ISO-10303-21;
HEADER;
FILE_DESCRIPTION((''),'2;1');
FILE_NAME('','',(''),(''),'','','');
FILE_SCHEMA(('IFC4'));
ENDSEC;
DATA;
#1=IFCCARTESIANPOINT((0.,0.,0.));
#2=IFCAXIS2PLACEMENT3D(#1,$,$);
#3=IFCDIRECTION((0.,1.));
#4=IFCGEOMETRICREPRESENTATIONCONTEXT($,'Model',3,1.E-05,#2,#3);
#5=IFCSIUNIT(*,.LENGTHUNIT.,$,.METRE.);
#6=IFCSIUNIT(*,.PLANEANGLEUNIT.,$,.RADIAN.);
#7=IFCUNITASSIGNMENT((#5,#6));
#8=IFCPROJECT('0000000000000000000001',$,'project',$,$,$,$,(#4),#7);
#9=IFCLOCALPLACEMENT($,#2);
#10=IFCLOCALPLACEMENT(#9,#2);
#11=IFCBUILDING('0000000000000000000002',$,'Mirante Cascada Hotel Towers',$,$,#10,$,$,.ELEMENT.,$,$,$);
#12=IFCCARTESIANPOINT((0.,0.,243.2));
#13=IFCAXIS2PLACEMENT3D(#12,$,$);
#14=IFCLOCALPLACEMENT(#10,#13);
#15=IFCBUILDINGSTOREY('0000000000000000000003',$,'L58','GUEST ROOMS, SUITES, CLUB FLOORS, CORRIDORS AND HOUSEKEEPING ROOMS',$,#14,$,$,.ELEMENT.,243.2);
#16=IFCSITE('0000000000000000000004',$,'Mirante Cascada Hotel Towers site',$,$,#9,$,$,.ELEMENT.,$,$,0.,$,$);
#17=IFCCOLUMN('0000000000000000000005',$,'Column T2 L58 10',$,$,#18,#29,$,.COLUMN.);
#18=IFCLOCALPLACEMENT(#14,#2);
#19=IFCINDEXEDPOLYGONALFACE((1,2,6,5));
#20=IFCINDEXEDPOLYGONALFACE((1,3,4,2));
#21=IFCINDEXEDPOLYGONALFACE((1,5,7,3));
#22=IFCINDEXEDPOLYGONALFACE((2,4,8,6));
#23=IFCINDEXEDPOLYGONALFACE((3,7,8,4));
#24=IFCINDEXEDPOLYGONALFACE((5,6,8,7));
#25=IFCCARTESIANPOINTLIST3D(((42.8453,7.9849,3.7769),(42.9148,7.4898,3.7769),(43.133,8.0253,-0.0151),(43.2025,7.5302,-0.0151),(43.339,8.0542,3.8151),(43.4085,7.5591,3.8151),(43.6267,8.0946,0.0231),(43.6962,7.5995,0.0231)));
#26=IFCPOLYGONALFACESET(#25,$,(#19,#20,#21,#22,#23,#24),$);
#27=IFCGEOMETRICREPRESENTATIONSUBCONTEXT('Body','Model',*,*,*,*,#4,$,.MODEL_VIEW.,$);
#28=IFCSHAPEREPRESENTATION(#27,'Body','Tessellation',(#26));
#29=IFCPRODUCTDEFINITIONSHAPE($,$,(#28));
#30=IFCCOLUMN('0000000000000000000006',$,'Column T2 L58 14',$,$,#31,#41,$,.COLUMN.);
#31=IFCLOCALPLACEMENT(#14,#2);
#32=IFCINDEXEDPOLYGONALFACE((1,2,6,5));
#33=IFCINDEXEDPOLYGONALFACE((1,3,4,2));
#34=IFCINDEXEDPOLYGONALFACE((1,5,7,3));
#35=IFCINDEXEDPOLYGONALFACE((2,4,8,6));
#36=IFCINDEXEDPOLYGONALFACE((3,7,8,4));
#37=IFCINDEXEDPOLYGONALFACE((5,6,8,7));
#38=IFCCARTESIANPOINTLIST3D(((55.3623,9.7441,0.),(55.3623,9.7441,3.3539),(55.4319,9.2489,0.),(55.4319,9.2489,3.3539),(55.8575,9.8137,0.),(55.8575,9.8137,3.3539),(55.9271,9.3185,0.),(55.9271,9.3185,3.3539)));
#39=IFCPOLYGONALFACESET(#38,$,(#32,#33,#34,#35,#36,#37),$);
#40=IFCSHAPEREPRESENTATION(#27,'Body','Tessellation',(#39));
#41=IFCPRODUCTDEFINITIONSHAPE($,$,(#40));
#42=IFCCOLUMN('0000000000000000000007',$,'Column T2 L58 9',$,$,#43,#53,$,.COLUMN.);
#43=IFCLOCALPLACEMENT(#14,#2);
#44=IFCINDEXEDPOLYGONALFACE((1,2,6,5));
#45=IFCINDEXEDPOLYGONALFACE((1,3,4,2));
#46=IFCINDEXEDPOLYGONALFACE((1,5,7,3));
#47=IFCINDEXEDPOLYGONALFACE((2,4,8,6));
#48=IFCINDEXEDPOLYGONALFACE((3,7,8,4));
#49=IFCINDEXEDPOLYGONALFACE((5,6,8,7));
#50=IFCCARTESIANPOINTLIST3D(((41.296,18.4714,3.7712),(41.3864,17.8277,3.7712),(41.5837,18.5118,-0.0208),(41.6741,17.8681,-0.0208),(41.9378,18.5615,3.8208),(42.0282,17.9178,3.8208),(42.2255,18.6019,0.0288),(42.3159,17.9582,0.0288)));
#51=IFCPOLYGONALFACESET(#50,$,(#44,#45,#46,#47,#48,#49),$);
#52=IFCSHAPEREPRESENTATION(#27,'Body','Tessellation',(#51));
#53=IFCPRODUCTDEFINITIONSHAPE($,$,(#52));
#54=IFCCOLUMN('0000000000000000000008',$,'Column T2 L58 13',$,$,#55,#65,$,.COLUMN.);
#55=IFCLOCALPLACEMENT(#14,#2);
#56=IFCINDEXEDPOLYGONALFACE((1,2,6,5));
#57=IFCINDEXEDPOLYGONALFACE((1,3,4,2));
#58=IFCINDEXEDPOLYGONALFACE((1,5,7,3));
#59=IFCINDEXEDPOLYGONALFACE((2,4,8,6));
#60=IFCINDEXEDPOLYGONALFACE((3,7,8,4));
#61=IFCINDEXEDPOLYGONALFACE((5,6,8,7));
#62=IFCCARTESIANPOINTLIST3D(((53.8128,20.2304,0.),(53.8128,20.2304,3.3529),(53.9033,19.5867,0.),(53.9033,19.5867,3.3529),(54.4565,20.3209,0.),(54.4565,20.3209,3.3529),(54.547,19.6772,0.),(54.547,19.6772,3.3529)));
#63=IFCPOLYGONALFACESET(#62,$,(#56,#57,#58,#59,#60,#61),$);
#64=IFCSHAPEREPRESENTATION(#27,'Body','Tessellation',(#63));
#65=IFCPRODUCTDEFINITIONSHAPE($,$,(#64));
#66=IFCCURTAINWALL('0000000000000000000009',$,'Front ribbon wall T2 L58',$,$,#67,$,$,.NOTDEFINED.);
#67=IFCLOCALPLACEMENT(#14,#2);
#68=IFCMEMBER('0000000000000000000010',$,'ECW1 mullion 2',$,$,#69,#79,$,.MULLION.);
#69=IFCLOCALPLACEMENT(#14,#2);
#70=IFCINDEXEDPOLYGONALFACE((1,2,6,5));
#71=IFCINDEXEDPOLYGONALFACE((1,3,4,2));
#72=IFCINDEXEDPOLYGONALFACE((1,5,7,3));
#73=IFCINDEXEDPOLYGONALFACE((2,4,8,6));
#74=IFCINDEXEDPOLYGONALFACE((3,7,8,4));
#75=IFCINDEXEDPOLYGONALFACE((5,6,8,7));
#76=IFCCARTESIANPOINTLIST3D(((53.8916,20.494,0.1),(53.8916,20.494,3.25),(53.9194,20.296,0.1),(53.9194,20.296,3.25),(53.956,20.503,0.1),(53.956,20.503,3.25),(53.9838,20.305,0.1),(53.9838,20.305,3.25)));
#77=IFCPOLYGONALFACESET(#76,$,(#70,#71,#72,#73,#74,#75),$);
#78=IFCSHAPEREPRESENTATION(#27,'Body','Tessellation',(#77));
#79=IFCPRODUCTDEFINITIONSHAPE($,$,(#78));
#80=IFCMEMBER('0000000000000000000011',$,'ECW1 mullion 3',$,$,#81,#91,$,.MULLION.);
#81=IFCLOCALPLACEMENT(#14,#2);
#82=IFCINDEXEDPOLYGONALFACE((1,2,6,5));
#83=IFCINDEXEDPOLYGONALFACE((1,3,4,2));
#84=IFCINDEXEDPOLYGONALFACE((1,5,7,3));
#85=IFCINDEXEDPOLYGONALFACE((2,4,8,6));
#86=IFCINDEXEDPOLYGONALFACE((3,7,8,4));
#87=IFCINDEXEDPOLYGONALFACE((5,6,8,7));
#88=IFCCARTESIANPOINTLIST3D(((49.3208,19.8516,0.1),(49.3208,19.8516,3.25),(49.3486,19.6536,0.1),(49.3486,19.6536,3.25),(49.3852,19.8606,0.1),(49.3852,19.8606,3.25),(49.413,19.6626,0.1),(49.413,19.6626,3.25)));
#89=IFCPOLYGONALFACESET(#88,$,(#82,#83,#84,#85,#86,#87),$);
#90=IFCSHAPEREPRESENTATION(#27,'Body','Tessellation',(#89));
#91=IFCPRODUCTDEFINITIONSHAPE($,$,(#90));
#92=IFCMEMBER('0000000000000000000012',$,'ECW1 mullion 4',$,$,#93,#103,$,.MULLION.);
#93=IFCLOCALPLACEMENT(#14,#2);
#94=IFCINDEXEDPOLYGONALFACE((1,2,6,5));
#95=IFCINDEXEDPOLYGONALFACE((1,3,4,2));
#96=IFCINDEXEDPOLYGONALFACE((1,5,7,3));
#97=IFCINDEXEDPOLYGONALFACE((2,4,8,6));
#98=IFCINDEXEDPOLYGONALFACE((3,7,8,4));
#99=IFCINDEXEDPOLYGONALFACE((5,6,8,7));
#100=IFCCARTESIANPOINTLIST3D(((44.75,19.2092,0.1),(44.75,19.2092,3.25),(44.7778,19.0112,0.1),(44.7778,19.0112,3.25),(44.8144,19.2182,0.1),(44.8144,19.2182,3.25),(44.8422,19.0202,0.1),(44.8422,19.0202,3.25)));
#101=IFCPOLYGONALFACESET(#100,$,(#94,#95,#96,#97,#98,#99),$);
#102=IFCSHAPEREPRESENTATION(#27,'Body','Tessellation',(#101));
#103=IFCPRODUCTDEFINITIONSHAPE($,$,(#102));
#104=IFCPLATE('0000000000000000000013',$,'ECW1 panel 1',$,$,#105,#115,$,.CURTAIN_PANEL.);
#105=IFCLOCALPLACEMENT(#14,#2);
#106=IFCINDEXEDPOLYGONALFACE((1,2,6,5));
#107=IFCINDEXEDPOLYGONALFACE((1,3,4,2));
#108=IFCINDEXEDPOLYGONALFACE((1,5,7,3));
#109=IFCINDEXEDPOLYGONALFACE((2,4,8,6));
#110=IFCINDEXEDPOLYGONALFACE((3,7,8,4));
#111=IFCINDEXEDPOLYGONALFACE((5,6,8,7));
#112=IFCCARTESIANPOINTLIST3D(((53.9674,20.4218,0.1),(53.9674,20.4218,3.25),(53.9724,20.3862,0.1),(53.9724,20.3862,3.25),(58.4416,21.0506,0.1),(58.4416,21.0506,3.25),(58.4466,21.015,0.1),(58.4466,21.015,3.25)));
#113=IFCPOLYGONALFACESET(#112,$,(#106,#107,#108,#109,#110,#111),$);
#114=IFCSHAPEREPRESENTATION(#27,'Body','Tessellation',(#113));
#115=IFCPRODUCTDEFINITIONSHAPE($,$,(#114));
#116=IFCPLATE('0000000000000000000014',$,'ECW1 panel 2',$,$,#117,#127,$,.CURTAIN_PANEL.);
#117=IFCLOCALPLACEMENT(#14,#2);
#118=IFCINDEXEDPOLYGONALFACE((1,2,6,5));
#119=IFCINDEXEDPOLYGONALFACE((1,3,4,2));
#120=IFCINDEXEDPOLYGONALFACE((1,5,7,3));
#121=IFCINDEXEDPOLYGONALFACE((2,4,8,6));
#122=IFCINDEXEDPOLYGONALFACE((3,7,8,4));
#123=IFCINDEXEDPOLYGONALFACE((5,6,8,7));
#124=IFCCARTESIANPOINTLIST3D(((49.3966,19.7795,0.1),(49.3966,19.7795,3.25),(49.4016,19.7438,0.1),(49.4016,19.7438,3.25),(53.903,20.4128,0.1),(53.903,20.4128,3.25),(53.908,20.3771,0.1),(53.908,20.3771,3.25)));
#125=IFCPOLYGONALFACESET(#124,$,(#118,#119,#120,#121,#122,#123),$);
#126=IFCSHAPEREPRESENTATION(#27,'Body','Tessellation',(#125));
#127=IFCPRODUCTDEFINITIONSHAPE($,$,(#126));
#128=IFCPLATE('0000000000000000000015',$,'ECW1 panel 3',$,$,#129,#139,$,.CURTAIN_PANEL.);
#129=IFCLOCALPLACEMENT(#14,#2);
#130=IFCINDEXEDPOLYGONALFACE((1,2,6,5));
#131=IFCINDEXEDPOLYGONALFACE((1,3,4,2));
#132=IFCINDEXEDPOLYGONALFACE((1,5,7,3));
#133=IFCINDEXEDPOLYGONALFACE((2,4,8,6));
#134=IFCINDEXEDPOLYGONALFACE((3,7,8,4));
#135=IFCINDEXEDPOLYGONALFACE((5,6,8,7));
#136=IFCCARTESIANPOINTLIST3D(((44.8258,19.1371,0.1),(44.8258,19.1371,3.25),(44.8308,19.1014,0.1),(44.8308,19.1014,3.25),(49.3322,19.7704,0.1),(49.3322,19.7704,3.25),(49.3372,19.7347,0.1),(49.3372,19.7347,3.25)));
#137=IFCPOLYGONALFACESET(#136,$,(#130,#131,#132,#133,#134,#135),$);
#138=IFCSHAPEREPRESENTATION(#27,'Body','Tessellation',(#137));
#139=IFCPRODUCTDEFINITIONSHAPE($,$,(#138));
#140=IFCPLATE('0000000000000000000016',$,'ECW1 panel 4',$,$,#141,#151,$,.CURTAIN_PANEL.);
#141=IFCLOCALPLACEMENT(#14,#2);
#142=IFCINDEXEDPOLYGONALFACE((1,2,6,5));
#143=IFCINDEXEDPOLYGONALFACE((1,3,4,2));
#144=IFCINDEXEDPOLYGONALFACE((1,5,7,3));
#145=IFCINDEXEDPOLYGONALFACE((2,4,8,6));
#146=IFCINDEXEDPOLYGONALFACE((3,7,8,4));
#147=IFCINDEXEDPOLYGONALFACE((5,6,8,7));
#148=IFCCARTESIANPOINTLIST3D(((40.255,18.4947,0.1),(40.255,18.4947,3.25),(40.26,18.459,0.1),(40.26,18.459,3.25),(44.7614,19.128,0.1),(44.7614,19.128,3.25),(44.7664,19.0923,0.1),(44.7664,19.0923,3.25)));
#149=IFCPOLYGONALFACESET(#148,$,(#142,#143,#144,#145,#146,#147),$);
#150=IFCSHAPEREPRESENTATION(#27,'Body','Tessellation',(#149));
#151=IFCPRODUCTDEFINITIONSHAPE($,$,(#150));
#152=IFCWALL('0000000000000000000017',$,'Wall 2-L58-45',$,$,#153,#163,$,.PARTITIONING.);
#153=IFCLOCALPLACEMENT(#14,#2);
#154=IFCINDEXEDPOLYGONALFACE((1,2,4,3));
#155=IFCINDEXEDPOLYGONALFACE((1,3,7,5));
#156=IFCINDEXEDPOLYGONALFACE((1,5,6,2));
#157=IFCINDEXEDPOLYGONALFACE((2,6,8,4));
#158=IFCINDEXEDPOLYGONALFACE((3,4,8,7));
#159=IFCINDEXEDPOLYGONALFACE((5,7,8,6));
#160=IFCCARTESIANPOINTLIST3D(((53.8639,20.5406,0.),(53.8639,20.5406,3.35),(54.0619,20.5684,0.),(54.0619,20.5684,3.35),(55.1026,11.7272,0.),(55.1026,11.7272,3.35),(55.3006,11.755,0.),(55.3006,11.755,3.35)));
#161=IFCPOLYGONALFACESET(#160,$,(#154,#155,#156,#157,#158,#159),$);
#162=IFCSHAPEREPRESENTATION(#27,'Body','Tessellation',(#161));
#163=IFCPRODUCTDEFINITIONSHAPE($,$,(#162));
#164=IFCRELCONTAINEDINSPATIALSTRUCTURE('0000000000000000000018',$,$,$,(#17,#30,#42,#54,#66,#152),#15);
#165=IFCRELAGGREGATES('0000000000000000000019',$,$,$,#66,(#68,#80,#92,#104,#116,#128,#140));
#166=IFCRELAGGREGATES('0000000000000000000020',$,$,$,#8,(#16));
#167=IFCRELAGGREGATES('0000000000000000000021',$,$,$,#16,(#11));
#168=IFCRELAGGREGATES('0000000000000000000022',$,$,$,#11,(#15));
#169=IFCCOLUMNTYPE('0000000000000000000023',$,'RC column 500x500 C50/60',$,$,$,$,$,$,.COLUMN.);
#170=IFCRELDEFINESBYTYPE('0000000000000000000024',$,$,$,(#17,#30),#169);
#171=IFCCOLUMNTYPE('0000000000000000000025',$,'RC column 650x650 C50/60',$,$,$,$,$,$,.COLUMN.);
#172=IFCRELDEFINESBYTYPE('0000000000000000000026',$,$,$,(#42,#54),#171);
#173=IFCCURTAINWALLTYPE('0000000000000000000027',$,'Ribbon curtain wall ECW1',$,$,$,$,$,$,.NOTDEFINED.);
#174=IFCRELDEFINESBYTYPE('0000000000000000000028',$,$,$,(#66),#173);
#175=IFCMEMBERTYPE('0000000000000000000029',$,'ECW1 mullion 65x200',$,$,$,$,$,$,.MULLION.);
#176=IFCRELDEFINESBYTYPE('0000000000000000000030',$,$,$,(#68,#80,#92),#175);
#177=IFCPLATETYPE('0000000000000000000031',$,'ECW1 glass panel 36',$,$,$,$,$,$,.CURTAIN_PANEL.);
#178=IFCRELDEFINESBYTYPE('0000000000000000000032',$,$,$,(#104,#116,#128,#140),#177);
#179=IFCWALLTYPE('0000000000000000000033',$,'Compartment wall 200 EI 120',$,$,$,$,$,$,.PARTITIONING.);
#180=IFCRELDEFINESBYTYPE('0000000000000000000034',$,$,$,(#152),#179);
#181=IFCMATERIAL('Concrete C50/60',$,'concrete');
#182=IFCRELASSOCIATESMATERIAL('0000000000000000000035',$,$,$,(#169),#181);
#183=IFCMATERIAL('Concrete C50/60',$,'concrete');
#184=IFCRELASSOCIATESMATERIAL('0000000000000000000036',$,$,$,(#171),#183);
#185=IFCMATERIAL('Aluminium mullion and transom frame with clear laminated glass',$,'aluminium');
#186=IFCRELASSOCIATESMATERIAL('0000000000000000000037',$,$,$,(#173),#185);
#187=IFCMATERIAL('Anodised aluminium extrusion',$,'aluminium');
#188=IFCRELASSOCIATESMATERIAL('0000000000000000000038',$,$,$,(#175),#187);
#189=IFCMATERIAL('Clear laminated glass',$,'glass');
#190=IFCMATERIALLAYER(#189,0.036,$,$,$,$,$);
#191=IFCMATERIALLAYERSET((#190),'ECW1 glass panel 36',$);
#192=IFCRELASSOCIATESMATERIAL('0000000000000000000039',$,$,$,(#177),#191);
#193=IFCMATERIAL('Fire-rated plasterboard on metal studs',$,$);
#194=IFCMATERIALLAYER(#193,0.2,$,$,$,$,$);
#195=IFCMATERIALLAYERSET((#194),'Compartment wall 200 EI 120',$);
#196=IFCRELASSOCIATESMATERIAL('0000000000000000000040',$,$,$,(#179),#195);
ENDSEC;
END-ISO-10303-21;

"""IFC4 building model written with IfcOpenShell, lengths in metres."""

from ifc_helpers import new_model, si_unit, direction, frame, frame_2d, origin, origin_2d, place, context, subcontext, project, spatial, rectangle, extrude, material, layer, layer_set, material_profile, profile_set, type_object, element, aggregate, save


model = new_model("IFC4")

# Units and contexts
model_context = context("Model", 3, precision=1e-05, world=origin(), true_north=direction((0.0, 1.0)))
body_context = subcontext(model_context, "Body", "Model", "MODEL_VIEW")
ifc_project = project(units=[si_unit("LENGTHUNIT", "METRE"), si_unit("PLANEANGLEUNIT", "RADIAN")], contexts=[model_context])

# Site, building, storey
site_placement = place(None, origin())
site = spatial("IfcSite", under=ifc_project, at=site_placement, Name="Mirante Cascada Hotel Towers site", CompositionType="ELEMENT", RefElevation=0.0)
building_placement = place(site_placement, origin())
building = spatial("IfcBuilding", under=site, at=building_placement, Name="Mirante Cascada Hotel Towers", CompositionType="ELEMENT")
storey_placement = place(building_placement, frame((0.0, 0.0, 243.2)))
storey = spatial("IfcBuildingStorey", under=building, at=storey_placement, Name="L58", Description="GUEST ROOMS, SUITES, CLUB FLOORS, CORRIDORS AND HOUSEKEEPING ROOMS", CompositionType="ELEMENT", Elevation=243.2)

# Columns
ifc_material_1 = material(Name="Concrete C50/60", Category="concrete")
ifc_material_profile_1 = material_profile(ifc_material_1, rectangle(XDim=0.5, YDim=0.5, at=origin_2d()), Name="RC column 500x500 C50/60")
ifc_profile_set_1 = profile_set([ifc_material_profile_1], Name="Concrete C50/60")
column_type_1 = type_object("IfcColumnType", Name="RC column 500x500 C50/60", PredefinedType="COLUMN", material=ifc_profile_set_1)
column_1_placement = place(storey_placement, frame((43.4146, 7.8124, 0.004), z_axis=(-0.075649, -0.010623, 0.997078), x_axis=(0.13906, -0.990284, 0.0)))
element("IfcColumn", 1, at=column_1_placement, inside=storey, type_object=column_type_1, Name="Column T2 L58 10", PredefinedType="COLUMN", context=body_context, shape_type="SweptSolid", body=[
    extrude(rectangle(XDim=0.5, YDim=0.5, at=origin_2d()), origin(), (0.0, 0.0, 1.0), 3.8031),
])
column_2_placement = place(storey_placement, frame((55.6447, 9.5313, 0.0), z_axis=(0.0, 0.0, 1.0), x_axis=(0.990268, 0.139173, 0.0)))
element("IfcColumn", 2, at=column_2_placement, inside=storey, type_object=column_type_1, Name="Column T2 L58 14", PredefinedType="COLUMN", context=body_context, shape_type="SweptSolid", body=[
    extrude(rectangle(XDim=0.5, YDim=0.5, at=origin_2d()), origin(), (0.0, 0.0, 1.0), 3.3539),
])
ifc_material_2 = material(Name="Concrete C50/60", Category="concrete")
ifc_material_profile_2 = material_profile(ifc_material_2, rectangle(XDim=0.65, YDim=0.65, at=origin_2d()), Name="RC column 650x650 C50/60")
ifc_profile_set_2 = profile_set([ifc_material_profile_2], Name="Concrete C50/60")
column_type_2 = type_object("IfcColumnType", Name="RC column 650x650 C50/60", PredefinedType="COLUMN", material=ifc_profile_set_2)
column_3_placement = place(storey_placement, frame((41.9498, 18.235, 0.004), z_axis=(-0.075649, -0.010623, 0.997078), x_axis=(0.13906, -0.990284, 0.0)))
element("IfcColumn", 3, at=column_3_placement, inside=storey, type_object=column_type_2, Name="Column T2 L58 9", PredefinedType="COLUMN", context=body_context, shape_type="SweptSolid", body=[
    extrude(rectangle(XDim=0.65, YDim=0.65, at=origin_2d()), origin(), (0.0, 0.0, 1.0), 3.8031),
])
column_4_placement = place(storey_placement, frame((54.1799, 19.9538, 0.0), z_axis=(0.0, 0.0, 1.0), x_axis=(0.990268, 0.139173, 0.0)))
element("IfcColumn", 4, at=column_4_placement, inside=storey, type_object=column_type_2, Name="Column T2 L58 13", PredefinedType="COLUMN", context=body_context, shape_type="SweptSolid", body=[
    extrude(rectangle(XDim=0.65, YDim=0.65, at=origin_2d()), origin(), (0.0, 0.0, 1.0), 3.3529),
])

# Curtain wall, members, plates
ifc_material_3 = material(Name="Aluminium mullion and transom frame with clear laminated glass", Category="aluminium")
curtain_wall_type = type_object("IfcCurtainWallType", Name="Ribbon curtain wall ECW1", PredefinedType="NOTDEFINED", material=ifc_material_3)
curtain_wall_placement = place(storey_placement, origin())
curtain_wall = element("IfcCurtainWall", 5, at=curtain_wall_placement, inside=storey, type_object=curtain_wall_type, Name="Front ribbon wall T2 L58", PredefinedType="NOTDEFINED")
ifc_material_4 = material(Name="Anodised aluminium extrusion", Category="aluminium")
ifc_material_profile_3 = material_profile(ifc_material_4, rectangle(XDim=0.2, YDim=0.065, at=origin_2d()), Name="ECW1 MULLION 65x200")
ifc_profile_set_3 = profile_set([ifc_material_profile_3], Name="Anodised aluminium extrusion")
member_type = type_object("IfcMemberType", Name="ECW1 mullion 65x200", PredefinedType="MULLION", material=ifc_profile_set_3)
member_1_placement = place(storey_placement, frame((53.9377, 20.3995, 0.1), z_axis=(0.0, 0.0, 1.0), x_axis=(0.139173, -0.990268, 0.0)))
member_1 = element("IfcMember", 6, at=member_1_placement, type_object=member_type, Name="ECW1 mullion 2", PredefinedType="MULLION", context=body_context, shape_type="SweptSolid", body=[
    extrude(rectangle(XDim=0.2, YDim=0.065, at=origin_2d()), origin(), (0.0, 0.0, 1.0), 3.15),
])
member_2_placement = place(storey_placement, frame((49.3669, 19.7571, 0.1), z_axis=(0.0, 0.0, 1.0), x_axis=(0.139173, -0.990268, 0.0)))
member_2 = element("IfcMember", 7, at=member_2_placement, type_object=member_type, Name="ECW1 mullion 3", PredefinedType="MULLION", context=body_context, shape_type="SweptSolid", body=[
    extrude(rectangle(XDim=0.2, YDim=0.065, at=origin_2d()), origin(), (0.0, 0.0, 1.0), 3.15),
])
member_3_placement = place(storey_placement, frame((44.7961, 19.1147, 0.1), z_axis=(0.0, 0.0, 1.0), x_axis=(0.139173, -0.990268, 0.0)))
member_3 = element("IfcMember", 8, at=member_3_placement, type_object=member_type, Name="ECW1 mullion 4", PredefinedType="MULLION", context=body_context, shape_type="SweptSolid", body=[
    extrude(rectangle(XDim=0.2, YDim=0.065, at=origin_2d()), origin(), (0.0, 0.0, 1.0), 3.15),
])
ifc_material_5 = material(Name="Clear laminated glass", Category="glass")
ifc_layer_1 = layer(ifc_material_5, 0.036)
ifc_layer_set_1 = layer_set([ifc_layer_1], Name="ECW1 glass panel 36")
plate_type = type_object("IfcPlateType", Name="ECW1 glass panel 36", PredefinedType="CURTAIN_PANEL", material=ifc_layer_set_1)
plate_1_placement = place(storey_placement, frame((56.207, 20.7184, 0.1), z_axis=(0.0, 0.0, 1.0), x_axis=(-0.990268, -0.139173, 0.0)))
plate_1 = element("IfcPlate", 9, at=plate_1_placement, type_object=plate_type, Name="ECW1 panel 1", PredefinedType="CURTAIN_PANEL", context=body_context, shape_type="SweptSolid", body=[
    extrude(rectangle(XDim=4.5182, YDim=0.036, at=origin_2d()), origin(), (0.0, 0.0, 1.0), 3.15),
])
plate_2_placement = place(storey_placement, frame((51.6523, 20.0783, 0.1), z_axis=(0.0, 0.0, 1.0), x_axis=(-0.990268, -0.139173, 0.0)))
plate_2 = element("IfcPlate", 10, at=plate_2_placement, type_object=plate_type, Name="ECW1 panel 2", PredefinedType="CURTAIN_PANEL", context=body_context, shape_type="SweptSolid", body=[
    extrude(rectangle(XDim=4.5507, YDim=0.036, at=origin_2d()), origin(), (0.0, 0.0, 1.0), 3.15),
])
plate_3_placement = place(storey_placement, frame((47.0815, 19.4359, 0.1), z_axis=(0.0, 0.0, 1.0), x_axis=(-0.990268, -0.139173, 0.0)))
plate_3 = element("IfcPlate", 11, at=plate_3_placement, type_object=plate_type, Name="ECW1 panel 3", PredefinedType="CURTAIN_PANEL", context=body_context, shape_type="SweptSolid", body=[
    extrude(rectangle(XDim=4.5507, YDim=0.036, at=origin_2d()), origin(), (0.0, 0.0, 1.0), 3.15),
])
plate_4_placement = place(storey_placement, frame((42.5107, 18.7935, 0.1), z_axis=(0.0, 0.0, 1.0), x_axis=(-0.990268, -0.139173, 0.0)))
plate_4 = element("IfcPlate", 12, at=plate_4_placement, type_object=plate_type, Name="ECW1 panel 4", PredefinedType="CURTAIN_PANEL", context=body_context, shape_type="SweptSolid", body=[
    extrude(rectangle(XDim=4.5507, YDim=0.036, at=origin_2d()), origin(), (0.0, 0.0, 1.0), 3.15),
])
aggregate(curtain_wall, [member_1, member_2, member_3, plate_1, plate_2, plate_3, plate_4])

# Wall
ifc_material_6 = material(Name="Fire-rated plasterboard on metal studs")
ifc_layer_2 = layer(ifc_material_6, 0.2)
ifc_layer_set_2 = layer_set([ifc_layer_2], Name="Compartment wall 200 EI 120")
wall_type_1 = type_object("IfcWallType", Name="Compartment wall 200 EI 120", PredefinedType="PARTITIONING", material=ifc_layer_set_2)
wall_1_placement = place(storey_placement, frame((55.2016, 11.7411, 0.0), z_axis=(0.0, 0.0, 1.0), x_axis=(-0.139179, 0.990267, 0.0)))
element("IfcWall", 13, at=wall_1_placement, inside=storey, type_object=wall_type_1, Name="Wall 2-L58-45", PredefinedType="PARTITIONING", context=body_context, shape_type="SweptSolid", body=[
    extrude(rectangle(XDim=8.9, YDim=0.2, at=frame_2d((4.45, 0.0))), origin(), (0.0, 0.0, 1.0), 3.35),
])

save(model, "model.ifc")
